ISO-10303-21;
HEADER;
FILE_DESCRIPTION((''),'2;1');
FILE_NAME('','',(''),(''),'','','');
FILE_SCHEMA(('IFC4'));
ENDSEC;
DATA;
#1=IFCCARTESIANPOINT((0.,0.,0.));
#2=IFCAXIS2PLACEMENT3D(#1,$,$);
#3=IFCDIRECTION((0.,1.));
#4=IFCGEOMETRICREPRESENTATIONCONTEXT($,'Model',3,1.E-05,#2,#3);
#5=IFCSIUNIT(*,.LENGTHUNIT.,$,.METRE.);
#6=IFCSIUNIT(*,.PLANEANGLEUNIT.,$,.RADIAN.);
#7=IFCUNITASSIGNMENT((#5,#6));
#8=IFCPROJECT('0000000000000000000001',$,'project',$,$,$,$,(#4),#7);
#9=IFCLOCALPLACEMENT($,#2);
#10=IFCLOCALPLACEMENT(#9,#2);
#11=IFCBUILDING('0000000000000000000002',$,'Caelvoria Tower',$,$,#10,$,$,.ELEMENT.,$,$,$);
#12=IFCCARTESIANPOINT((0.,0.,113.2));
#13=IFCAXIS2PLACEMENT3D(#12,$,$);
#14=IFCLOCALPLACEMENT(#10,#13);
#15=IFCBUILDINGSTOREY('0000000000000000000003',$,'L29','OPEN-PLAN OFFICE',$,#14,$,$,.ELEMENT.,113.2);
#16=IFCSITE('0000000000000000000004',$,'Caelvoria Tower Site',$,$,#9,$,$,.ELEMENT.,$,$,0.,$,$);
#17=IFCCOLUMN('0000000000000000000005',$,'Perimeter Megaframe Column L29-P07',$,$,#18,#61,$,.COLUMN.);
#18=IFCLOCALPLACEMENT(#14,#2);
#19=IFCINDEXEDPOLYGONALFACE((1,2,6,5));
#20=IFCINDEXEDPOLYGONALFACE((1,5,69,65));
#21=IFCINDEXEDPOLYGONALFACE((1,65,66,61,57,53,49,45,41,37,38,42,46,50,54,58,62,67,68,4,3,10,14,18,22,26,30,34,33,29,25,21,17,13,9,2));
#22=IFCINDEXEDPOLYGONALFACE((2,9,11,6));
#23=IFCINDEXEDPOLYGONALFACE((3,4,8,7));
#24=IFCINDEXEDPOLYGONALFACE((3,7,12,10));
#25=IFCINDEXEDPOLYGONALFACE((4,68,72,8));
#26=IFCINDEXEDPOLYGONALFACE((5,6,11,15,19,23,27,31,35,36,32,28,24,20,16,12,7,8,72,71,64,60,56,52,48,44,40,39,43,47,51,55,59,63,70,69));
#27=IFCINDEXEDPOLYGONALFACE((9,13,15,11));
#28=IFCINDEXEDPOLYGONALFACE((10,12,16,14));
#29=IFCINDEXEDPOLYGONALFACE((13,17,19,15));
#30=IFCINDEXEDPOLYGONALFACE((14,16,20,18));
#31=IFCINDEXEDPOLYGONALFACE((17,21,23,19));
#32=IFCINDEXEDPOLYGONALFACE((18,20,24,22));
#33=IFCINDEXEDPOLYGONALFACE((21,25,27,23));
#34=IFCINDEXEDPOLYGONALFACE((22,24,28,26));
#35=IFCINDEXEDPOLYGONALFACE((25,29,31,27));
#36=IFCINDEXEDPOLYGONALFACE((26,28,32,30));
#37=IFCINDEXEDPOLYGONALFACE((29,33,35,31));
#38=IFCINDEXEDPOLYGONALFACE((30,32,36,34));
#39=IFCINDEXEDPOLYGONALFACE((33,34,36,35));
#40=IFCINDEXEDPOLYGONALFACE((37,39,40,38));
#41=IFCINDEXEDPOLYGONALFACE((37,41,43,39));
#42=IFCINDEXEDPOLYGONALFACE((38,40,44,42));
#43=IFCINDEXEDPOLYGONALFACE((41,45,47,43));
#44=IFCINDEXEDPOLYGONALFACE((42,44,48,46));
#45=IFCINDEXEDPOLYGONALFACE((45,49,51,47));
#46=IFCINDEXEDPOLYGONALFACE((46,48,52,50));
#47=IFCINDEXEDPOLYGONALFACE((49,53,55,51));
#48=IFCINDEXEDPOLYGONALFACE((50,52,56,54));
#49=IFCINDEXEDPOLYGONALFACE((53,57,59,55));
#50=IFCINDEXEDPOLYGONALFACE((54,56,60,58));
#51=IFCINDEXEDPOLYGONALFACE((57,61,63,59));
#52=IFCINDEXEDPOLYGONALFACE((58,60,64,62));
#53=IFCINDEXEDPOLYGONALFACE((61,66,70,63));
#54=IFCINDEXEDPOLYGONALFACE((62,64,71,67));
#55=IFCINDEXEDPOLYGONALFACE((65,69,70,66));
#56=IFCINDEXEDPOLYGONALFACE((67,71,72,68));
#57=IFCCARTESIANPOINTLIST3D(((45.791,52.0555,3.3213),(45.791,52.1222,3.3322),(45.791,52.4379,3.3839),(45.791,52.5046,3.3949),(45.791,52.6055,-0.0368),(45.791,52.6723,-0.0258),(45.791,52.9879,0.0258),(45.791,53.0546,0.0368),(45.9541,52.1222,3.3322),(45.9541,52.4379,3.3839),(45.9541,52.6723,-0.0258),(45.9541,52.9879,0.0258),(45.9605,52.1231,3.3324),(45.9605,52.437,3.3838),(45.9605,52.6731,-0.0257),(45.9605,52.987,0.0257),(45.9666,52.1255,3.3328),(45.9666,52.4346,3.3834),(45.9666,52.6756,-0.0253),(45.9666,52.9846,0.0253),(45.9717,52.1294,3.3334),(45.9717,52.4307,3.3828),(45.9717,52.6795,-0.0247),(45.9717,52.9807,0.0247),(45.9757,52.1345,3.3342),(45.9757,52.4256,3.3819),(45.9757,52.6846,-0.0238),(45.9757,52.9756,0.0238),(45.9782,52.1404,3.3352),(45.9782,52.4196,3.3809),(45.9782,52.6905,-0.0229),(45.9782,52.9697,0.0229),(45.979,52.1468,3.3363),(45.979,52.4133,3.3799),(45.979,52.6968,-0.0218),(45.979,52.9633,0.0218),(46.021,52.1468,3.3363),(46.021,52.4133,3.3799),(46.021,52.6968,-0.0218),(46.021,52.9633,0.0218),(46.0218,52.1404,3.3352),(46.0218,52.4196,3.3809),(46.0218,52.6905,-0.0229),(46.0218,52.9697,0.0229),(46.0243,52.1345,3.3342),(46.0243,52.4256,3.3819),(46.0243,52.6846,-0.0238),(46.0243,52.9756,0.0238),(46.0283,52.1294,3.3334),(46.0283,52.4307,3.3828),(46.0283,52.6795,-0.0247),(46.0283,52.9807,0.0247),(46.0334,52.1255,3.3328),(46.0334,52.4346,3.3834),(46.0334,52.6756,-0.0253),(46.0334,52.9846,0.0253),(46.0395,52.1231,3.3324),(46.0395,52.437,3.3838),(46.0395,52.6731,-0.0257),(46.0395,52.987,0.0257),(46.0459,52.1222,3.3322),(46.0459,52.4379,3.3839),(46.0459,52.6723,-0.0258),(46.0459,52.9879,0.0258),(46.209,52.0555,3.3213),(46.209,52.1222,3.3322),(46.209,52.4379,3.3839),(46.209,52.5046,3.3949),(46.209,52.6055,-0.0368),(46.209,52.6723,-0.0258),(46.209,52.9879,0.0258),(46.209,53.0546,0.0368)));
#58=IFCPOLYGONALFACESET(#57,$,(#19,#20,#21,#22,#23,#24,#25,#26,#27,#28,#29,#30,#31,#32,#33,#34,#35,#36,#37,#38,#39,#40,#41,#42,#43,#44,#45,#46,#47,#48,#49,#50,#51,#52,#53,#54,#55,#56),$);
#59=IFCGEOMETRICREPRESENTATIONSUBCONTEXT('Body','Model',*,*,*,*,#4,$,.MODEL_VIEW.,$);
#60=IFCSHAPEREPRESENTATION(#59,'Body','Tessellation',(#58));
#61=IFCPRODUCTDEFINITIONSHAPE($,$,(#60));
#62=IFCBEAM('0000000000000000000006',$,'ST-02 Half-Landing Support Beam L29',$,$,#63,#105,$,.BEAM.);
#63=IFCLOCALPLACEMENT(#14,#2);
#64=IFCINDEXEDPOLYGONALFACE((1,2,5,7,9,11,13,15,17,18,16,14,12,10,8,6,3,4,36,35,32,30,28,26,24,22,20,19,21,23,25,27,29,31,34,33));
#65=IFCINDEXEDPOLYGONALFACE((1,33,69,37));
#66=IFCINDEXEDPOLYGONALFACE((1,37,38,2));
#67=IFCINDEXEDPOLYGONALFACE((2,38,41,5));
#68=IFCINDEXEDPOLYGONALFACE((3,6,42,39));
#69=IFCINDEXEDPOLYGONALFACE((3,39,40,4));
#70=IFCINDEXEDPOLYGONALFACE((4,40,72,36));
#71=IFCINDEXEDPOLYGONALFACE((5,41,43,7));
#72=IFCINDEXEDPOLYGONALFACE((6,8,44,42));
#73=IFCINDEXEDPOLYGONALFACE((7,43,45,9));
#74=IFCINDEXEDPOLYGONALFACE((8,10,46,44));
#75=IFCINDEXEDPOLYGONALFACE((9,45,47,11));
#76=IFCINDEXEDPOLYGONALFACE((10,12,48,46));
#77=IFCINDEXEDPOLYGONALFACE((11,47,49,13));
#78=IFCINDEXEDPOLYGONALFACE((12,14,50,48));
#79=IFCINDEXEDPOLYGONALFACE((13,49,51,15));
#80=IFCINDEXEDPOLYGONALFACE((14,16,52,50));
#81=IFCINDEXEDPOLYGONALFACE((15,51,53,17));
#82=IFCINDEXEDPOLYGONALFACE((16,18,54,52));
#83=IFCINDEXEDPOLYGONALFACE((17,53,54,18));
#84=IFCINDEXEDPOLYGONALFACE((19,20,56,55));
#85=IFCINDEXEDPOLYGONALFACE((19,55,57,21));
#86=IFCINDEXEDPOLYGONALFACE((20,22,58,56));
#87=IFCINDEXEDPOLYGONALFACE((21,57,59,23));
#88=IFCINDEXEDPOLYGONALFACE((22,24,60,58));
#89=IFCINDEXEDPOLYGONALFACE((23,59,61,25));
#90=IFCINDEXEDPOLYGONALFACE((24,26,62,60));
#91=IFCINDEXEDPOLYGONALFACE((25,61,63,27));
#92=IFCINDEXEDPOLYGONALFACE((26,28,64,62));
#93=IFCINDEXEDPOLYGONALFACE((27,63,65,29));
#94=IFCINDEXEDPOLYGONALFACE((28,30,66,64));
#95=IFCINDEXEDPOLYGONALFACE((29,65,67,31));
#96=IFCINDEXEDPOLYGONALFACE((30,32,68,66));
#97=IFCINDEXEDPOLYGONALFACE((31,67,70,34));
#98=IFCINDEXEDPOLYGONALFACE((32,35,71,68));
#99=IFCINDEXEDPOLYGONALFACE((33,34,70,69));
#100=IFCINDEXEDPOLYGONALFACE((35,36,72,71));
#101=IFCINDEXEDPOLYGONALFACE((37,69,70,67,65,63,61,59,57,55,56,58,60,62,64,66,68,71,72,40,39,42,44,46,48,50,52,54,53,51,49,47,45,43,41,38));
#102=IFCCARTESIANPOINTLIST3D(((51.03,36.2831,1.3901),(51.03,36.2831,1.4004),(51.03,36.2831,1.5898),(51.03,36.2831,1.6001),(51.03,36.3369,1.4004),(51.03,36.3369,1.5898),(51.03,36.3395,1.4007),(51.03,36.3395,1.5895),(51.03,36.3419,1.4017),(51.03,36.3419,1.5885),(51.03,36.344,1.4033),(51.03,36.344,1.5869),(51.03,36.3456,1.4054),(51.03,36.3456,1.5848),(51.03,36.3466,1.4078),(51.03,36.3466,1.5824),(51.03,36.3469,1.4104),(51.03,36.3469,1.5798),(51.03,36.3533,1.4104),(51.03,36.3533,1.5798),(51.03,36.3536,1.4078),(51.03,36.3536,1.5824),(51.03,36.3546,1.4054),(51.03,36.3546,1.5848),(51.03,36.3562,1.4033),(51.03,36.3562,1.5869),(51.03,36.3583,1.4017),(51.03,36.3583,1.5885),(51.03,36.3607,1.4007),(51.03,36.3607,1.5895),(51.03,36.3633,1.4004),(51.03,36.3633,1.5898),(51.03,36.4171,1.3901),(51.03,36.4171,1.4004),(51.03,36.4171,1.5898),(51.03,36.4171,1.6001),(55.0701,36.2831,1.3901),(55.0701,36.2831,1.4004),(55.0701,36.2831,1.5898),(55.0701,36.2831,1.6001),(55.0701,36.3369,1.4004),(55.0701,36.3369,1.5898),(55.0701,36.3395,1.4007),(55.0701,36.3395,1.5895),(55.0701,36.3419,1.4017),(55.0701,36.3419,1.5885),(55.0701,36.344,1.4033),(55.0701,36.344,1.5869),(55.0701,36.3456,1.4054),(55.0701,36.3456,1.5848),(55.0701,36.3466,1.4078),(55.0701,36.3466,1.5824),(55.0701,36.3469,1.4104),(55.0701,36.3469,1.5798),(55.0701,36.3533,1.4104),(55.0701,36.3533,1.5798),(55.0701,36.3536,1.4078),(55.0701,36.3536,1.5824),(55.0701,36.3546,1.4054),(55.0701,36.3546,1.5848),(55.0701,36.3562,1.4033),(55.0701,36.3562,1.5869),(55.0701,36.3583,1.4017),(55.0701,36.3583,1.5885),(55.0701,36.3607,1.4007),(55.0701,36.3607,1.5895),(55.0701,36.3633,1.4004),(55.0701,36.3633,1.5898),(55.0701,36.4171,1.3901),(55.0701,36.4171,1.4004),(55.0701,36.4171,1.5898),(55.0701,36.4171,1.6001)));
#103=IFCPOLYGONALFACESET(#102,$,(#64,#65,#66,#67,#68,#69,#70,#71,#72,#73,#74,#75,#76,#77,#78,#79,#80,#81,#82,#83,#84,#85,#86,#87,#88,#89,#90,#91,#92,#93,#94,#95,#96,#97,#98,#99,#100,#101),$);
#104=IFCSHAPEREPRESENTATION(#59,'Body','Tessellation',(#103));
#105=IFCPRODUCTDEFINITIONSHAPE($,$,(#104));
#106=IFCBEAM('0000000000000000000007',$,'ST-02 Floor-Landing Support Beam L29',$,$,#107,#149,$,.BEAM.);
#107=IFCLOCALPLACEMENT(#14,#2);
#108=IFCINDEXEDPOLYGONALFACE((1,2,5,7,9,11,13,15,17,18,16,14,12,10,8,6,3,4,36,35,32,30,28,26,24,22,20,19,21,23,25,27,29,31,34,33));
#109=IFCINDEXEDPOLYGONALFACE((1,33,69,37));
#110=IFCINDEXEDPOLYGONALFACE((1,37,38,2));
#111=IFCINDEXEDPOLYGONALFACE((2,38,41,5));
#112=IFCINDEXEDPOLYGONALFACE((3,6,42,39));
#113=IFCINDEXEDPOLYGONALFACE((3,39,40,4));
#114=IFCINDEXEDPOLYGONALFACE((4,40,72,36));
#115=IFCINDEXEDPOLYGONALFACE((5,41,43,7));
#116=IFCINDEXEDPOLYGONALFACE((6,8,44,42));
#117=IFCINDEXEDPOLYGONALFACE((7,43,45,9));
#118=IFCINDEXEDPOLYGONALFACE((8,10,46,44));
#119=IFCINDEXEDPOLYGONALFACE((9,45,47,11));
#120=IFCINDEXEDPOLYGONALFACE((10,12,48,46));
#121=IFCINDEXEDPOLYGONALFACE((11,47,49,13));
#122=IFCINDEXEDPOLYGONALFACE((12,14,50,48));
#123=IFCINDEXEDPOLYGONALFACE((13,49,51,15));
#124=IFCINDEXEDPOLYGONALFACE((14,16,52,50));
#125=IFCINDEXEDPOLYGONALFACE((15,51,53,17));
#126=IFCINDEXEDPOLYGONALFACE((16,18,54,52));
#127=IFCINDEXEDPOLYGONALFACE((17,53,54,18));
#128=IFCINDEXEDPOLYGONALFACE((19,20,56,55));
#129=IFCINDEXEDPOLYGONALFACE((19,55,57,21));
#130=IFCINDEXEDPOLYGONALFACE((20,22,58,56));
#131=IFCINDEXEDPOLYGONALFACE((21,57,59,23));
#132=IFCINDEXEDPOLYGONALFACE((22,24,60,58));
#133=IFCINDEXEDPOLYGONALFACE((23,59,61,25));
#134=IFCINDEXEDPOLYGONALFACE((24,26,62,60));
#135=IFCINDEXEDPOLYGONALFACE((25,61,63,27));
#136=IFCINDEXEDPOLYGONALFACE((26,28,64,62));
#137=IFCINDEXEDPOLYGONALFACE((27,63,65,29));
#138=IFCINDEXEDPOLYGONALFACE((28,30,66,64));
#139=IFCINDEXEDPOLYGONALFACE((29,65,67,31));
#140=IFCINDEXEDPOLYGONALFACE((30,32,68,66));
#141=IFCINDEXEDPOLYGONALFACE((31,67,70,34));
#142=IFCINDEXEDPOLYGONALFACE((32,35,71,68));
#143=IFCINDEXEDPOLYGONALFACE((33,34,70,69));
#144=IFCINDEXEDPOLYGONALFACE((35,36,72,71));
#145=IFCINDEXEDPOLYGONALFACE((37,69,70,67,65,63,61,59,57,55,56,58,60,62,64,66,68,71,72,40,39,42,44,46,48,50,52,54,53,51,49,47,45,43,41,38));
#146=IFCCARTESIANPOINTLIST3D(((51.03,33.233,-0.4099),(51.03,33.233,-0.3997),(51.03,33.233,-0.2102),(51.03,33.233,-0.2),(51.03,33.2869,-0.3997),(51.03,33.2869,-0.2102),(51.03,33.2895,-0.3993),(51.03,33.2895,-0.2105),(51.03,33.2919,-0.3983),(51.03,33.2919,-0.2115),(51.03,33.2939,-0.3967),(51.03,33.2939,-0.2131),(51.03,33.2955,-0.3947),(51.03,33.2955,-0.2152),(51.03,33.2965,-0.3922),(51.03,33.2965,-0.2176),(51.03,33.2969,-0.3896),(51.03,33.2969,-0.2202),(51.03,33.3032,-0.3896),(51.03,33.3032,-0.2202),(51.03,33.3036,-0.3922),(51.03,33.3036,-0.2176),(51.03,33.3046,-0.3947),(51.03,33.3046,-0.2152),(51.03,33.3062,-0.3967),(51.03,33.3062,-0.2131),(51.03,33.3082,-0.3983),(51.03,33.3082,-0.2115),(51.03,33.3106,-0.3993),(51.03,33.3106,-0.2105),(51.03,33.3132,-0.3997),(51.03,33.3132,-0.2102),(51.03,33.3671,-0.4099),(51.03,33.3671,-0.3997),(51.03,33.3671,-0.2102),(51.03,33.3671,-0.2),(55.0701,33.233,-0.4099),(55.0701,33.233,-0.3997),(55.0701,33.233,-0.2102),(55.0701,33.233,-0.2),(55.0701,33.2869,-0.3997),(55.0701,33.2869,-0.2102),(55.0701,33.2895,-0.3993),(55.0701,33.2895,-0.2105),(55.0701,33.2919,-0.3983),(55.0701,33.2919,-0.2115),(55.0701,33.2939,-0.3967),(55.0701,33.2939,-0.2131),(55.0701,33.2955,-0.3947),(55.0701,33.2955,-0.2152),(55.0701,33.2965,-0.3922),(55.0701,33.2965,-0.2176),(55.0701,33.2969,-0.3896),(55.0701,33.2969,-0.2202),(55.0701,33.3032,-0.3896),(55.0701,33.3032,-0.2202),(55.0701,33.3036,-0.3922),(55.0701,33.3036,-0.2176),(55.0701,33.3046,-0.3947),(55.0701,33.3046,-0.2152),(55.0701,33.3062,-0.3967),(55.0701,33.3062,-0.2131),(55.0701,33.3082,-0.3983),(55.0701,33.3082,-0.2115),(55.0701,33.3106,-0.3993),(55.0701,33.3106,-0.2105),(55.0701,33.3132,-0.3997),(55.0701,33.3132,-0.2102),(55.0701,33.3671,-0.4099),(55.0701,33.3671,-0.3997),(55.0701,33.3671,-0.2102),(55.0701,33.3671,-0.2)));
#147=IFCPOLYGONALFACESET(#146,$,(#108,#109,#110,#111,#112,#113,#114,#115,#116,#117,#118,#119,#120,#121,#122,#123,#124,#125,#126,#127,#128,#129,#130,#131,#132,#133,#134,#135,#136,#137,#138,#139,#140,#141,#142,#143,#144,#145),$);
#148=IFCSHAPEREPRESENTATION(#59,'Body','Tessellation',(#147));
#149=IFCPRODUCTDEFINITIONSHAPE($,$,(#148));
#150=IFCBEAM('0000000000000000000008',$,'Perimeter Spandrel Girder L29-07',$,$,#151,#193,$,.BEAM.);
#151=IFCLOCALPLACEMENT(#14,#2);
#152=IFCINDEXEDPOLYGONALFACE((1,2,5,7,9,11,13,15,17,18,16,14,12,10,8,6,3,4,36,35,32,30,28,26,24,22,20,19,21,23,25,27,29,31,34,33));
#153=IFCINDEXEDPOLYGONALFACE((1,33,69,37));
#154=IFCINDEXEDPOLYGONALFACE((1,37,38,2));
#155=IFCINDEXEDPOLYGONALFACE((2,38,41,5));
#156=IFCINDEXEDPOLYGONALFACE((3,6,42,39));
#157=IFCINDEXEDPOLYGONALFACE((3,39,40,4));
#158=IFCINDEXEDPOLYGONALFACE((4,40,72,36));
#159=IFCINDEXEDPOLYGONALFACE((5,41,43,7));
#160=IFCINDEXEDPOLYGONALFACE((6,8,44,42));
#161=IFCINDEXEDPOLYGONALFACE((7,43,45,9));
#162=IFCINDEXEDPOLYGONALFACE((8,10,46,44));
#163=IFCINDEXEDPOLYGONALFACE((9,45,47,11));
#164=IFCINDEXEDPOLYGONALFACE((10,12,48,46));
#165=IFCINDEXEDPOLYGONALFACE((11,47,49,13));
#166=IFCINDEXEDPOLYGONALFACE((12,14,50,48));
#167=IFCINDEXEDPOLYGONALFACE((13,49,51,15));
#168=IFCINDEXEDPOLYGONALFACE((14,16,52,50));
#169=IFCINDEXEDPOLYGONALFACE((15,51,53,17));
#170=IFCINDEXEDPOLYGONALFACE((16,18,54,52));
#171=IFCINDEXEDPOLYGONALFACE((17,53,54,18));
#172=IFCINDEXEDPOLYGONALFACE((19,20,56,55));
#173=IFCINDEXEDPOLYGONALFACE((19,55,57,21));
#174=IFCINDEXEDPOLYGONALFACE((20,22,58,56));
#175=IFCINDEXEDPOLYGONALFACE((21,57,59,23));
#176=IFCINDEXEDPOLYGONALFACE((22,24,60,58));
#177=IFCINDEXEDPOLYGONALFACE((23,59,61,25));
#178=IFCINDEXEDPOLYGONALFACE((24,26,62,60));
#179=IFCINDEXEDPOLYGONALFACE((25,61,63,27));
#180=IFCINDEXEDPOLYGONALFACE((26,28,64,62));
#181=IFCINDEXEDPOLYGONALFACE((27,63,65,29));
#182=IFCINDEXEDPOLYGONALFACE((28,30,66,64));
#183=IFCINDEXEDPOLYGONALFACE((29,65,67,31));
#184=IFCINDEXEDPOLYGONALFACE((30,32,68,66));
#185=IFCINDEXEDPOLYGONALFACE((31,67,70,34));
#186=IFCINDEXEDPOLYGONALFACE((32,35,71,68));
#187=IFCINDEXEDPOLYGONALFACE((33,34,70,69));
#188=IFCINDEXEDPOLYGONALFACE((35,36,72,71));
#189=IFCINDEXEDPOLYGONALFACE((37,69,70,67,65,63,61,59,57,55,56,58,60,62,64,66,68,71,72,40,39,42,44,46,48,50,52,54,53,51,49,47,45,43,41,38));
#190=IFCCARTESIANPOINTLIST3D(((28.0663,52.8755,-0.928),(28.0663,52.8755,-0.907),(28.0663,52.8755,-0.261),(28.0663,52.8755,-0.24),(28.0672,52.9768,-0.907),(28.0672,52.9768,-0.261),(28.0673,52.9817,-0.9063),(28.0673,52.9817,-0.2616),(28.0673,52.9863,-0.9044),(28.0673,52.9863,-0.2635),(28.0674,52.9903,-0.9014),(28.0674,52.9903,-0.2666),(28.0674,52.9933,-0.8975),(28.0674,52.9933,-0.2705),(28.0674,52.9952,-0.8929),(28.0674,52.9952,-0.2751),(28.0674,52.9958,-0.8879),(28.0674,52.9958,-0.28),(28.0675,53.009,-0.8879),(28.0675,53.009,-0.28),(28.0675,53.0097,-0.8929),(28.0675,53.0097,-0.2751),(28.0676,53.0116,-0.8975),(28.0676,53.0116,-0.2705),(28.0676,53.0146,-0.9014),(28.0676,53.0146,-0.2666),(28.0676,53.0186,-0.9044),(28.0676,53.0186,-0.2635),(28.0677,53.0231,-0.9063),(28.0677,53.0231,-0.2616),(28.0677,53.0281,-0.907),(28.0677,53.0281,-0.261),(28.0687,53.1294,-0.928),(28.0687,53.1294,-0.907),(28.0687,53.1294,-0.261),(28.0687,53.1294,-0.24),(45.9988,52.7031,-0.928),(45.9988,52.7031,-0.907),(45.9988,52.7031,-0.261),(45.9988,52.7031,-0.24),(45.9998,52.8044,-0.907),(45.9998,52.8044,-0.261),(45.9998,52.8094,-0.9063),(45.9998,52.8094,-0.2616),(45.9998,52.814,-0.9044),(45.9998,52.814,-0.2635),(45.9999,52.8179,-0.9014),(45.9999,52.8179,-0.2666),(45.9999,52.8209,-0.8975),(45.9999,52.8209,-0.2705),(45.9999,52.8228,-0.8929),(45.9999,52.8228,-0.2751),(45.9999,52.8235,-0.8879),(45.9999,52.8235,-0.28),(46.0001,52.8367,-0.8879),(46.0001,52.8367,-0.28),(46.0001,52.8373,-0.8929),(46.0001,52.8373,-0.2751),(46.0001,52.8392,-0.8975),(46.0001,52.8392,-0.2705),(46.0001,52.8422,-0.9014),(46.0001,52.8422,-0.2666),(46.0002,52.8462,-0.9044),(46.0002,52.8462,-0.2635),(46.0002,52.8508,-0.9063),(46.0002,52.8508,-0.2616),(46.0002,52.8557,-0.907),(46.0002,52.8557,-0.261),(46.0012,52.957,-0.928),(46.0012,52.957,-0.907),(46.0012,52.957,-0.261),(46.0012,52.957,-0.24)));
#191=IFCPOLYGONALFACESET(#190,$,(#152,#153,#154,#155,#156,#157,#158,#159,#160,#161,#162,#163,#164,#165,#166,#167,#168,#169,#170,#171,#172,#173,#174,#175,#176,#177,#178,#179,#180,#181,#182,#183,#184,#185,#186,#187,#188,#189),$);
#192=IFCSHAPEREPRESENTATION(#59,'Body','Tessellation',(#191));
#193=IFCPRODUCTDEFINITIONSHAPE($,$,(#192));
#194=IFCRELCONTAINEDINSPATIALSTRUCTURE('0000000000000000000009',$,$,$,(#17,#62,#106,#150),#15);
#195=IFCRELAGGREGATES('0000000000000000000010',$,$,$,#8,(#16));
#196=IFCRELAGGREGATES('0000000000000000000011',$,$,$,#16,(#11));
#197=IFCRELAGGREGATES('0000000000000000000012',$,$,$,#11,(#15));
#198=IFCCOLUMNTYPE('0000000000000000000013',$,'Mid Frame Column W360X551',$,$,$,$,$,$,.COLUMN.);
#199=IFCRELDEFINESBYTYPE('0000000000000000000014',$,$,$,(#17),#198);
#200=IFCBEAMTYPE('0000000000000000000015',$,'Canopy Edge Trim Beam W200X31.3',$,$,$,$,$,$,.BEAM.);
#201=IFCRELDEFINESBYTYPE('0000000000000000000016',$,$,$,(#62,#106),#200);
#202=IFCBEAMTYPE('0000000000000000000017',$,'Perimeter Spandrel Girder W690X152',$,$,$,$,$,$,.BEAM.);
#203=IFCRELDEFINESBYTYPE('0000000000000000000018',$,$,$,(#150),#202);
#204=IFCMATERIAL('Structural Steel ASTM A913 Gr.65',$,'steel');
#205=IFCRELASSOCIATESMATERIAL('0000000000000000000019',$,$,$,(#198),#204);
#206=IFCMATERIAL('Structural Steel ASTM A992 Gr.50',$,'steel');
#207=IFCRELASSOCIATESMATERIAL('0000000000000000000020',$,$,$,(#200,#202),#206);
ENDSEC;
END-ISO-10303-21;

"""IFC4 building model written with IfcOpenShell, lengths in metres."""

from ifc_helpers import new_model, si_unit, direction, frame, origin, origin_2d, place, context, subcontext, project, spatial, i_section, extrude, material, material_profile, profile_set, type_object, element, save


model = new_model("IFC4")

# Units and contexts
model_context = context("Model", 3, precision=1e-05, world=origin(), true_north=direction((0.0, 1.0)))
body_context = subcontext(model_context, "Body", "Model", "MODEL_VIEW")
ifc_project = project(units=[si_unit("LENGTHUNIT", "METRE"), si_unit("PLANEANGLEUNIT", "RADIAN")], contexts=[model_context])

# Site, building, storey
site_placement = place(None, origin())
site = spatial("IfcSite", under=ifc_project, at=site_placement, Name="Caelvoria Tower Site", CompositionType="ELEMENT", RefElevation=0.0)
building_placement = place(site_placement, origin())
building = spatial("IfcBuilding", under=site, at=building_placement, Name="Caelvoria Tower", CompositionType="ELEMENT")
storey_placement = place(building_placement, frame((0.0, 0.0, 113.2)))
storey = spatial("IfcBuildingStorey", under=building, at=storey_placement, Name="L29", Description="OPEN-PLAN OFFICE", CompositionType="ELEMENT", Elevation=113.2)

# Column
ifc_material_1 = material(Name="Structural Steel ASTM A913 Gr.65", Category="steel")
ifc_material_profile_1 = material_profile(ifc_material_1, i_section(OverallWidth=0.418, OverallDepth=0.4551, WebThickness=0.042, FlangeThickness=0.0676, FilletRadius=0.0249, at=origin_2d()), Name="Structural Steel ASTM A913 Gr.65")
ifc_profile_set_1 = profile_set([ifc_material_profile_1], Name="W360X551 - Structural Steel ASTM A913 Gr.65")
column_type = type_object("IfcColumnType", Name="Mid Frame Column W360X551", PredefinedType="COLUMN", material=ifc_profile_set_1)
column_placement = place(storey_placement, frame((46.0, 52.8301, 0.0), z_axis=(0.0, -0.161641, 0.98685), x_axis=(1.0, 0.0, 0.0)))
element("IfcColumn", 1, at=column_placement, inside=storey, type_object=column_type, Name="Perimeter Megaframe Column L29-P07", PredefinedType="COLUMN", context=body_context, shape_type="SweptSolid", body=[
    extrude(i_section(OverallWidth=0.418, OverallDepth=0.4551, WebThickness=0.042, FlangeThickness=0.0676, FilletRadius=0.0249, at=origin_2d()), origin(), (0.0, 0.0, 1.0), 3.4028),
])

# Beams
ifc_material_2 = material(Name="Structural Steel ASTM A992 Gr.50", Category="steel")
ifc_material_profile_2 = material_profile(ifc_material_2, i_section(OverallWidth=0.134, OverallDepth=0.21, WebThickness=0.0063, FlangeThickness=0.0103, FilletRadius=0.01, at=origin_2d()), Name="Structural Steel ASTM A992 Gr.50")
ifc_profile_set_2 = profile_set([ifc_material_profile_2], Name="W200X31.3 - Structural Steel ASTM A992 Gr.50")
beam_type_1 = type_object("IfcBeamType", Name="Canopy Edge Trim Beam W200X31.3", PredefinedType="BEAM", material=ifc_profile_set_2)
for number, where, z_axis, x_axis, name in (
    (2, (51.03, 36.3501, 1.4951), (1.0, 0.0, 0.0), (0.0, 1.0, 0.0), "ST-02 Half-Landing Support Beam L29"),
    (3, (51.03, 33.3, -0.3049), (1.0, 0.0, 0.0), (0.0, 1.0, 0.0), "ST-02 Floor-Landing Support Beam L29"),
):
    element("IfcBeam", number, at=place(storey_placement, frame(where, z_axis=z_axis, x_axis=x_axis)), inside=storey, type_object=beam_type_1, Name=name, PredefinedType="BEAM", context=body_context, shape_type="SweptSolid", body=[
        extrude(i_section(OverallWidth=0.134, OverallDepth=0.21, WebThickness=0.0063, FlangeThickness=0.0103, FilletRadius=0.01, at=origin_2d()), origin(), (0.0, 0.0, 1.0), 4.04),
    ])
ifc_material_profile_3 = material_profile(ifc_material_2, i_section(OverallWidth=0.2539, OverallDepth=0.688, WebThickness=0.0132, FlangeThickness=0.021, FilletRadius=0.019, at=origin_2d()), Name="Structural Steel ASTM A992 Gr.50")
ifc_profile_set_3 = profile_set([ifc_material_profile_3], Name="W690X152 - Structural Steel ASTM A992 Gr.50")
beam_type_2 = type_object("IfcBeamType", Name="Perimeter Spandrel Girder W690X152", PredefinedType="BEAM", material=ifc_profile_set_3)
beam_1_placement = place(storey_placement, frame((46.0, 52.8301, -0.584), z_axis=(-0.999954, 0.009611, 0.0), x_axis=(-0.009611, -0.999954, 0.0)))
element("IfcBeam", 4, at=beam_1_placement, inside=storey, type_object=beam_type_2, Name="Perimeter Spandrel Girder L29-07", PredefinedType="BEAM", context=body_context, shape_type="SweptSolid", body=[
    extrude(i_section(OverallWidth=0.2539, OverallDepth=0.688, WebThickness=0.0132, FlangeThickness=0.021, FilletRadius=0.019, at=origin_2d()), origin(), (0.0, 0.0, 1.0), 17.9333),
])

save(model, "model.ifc")
